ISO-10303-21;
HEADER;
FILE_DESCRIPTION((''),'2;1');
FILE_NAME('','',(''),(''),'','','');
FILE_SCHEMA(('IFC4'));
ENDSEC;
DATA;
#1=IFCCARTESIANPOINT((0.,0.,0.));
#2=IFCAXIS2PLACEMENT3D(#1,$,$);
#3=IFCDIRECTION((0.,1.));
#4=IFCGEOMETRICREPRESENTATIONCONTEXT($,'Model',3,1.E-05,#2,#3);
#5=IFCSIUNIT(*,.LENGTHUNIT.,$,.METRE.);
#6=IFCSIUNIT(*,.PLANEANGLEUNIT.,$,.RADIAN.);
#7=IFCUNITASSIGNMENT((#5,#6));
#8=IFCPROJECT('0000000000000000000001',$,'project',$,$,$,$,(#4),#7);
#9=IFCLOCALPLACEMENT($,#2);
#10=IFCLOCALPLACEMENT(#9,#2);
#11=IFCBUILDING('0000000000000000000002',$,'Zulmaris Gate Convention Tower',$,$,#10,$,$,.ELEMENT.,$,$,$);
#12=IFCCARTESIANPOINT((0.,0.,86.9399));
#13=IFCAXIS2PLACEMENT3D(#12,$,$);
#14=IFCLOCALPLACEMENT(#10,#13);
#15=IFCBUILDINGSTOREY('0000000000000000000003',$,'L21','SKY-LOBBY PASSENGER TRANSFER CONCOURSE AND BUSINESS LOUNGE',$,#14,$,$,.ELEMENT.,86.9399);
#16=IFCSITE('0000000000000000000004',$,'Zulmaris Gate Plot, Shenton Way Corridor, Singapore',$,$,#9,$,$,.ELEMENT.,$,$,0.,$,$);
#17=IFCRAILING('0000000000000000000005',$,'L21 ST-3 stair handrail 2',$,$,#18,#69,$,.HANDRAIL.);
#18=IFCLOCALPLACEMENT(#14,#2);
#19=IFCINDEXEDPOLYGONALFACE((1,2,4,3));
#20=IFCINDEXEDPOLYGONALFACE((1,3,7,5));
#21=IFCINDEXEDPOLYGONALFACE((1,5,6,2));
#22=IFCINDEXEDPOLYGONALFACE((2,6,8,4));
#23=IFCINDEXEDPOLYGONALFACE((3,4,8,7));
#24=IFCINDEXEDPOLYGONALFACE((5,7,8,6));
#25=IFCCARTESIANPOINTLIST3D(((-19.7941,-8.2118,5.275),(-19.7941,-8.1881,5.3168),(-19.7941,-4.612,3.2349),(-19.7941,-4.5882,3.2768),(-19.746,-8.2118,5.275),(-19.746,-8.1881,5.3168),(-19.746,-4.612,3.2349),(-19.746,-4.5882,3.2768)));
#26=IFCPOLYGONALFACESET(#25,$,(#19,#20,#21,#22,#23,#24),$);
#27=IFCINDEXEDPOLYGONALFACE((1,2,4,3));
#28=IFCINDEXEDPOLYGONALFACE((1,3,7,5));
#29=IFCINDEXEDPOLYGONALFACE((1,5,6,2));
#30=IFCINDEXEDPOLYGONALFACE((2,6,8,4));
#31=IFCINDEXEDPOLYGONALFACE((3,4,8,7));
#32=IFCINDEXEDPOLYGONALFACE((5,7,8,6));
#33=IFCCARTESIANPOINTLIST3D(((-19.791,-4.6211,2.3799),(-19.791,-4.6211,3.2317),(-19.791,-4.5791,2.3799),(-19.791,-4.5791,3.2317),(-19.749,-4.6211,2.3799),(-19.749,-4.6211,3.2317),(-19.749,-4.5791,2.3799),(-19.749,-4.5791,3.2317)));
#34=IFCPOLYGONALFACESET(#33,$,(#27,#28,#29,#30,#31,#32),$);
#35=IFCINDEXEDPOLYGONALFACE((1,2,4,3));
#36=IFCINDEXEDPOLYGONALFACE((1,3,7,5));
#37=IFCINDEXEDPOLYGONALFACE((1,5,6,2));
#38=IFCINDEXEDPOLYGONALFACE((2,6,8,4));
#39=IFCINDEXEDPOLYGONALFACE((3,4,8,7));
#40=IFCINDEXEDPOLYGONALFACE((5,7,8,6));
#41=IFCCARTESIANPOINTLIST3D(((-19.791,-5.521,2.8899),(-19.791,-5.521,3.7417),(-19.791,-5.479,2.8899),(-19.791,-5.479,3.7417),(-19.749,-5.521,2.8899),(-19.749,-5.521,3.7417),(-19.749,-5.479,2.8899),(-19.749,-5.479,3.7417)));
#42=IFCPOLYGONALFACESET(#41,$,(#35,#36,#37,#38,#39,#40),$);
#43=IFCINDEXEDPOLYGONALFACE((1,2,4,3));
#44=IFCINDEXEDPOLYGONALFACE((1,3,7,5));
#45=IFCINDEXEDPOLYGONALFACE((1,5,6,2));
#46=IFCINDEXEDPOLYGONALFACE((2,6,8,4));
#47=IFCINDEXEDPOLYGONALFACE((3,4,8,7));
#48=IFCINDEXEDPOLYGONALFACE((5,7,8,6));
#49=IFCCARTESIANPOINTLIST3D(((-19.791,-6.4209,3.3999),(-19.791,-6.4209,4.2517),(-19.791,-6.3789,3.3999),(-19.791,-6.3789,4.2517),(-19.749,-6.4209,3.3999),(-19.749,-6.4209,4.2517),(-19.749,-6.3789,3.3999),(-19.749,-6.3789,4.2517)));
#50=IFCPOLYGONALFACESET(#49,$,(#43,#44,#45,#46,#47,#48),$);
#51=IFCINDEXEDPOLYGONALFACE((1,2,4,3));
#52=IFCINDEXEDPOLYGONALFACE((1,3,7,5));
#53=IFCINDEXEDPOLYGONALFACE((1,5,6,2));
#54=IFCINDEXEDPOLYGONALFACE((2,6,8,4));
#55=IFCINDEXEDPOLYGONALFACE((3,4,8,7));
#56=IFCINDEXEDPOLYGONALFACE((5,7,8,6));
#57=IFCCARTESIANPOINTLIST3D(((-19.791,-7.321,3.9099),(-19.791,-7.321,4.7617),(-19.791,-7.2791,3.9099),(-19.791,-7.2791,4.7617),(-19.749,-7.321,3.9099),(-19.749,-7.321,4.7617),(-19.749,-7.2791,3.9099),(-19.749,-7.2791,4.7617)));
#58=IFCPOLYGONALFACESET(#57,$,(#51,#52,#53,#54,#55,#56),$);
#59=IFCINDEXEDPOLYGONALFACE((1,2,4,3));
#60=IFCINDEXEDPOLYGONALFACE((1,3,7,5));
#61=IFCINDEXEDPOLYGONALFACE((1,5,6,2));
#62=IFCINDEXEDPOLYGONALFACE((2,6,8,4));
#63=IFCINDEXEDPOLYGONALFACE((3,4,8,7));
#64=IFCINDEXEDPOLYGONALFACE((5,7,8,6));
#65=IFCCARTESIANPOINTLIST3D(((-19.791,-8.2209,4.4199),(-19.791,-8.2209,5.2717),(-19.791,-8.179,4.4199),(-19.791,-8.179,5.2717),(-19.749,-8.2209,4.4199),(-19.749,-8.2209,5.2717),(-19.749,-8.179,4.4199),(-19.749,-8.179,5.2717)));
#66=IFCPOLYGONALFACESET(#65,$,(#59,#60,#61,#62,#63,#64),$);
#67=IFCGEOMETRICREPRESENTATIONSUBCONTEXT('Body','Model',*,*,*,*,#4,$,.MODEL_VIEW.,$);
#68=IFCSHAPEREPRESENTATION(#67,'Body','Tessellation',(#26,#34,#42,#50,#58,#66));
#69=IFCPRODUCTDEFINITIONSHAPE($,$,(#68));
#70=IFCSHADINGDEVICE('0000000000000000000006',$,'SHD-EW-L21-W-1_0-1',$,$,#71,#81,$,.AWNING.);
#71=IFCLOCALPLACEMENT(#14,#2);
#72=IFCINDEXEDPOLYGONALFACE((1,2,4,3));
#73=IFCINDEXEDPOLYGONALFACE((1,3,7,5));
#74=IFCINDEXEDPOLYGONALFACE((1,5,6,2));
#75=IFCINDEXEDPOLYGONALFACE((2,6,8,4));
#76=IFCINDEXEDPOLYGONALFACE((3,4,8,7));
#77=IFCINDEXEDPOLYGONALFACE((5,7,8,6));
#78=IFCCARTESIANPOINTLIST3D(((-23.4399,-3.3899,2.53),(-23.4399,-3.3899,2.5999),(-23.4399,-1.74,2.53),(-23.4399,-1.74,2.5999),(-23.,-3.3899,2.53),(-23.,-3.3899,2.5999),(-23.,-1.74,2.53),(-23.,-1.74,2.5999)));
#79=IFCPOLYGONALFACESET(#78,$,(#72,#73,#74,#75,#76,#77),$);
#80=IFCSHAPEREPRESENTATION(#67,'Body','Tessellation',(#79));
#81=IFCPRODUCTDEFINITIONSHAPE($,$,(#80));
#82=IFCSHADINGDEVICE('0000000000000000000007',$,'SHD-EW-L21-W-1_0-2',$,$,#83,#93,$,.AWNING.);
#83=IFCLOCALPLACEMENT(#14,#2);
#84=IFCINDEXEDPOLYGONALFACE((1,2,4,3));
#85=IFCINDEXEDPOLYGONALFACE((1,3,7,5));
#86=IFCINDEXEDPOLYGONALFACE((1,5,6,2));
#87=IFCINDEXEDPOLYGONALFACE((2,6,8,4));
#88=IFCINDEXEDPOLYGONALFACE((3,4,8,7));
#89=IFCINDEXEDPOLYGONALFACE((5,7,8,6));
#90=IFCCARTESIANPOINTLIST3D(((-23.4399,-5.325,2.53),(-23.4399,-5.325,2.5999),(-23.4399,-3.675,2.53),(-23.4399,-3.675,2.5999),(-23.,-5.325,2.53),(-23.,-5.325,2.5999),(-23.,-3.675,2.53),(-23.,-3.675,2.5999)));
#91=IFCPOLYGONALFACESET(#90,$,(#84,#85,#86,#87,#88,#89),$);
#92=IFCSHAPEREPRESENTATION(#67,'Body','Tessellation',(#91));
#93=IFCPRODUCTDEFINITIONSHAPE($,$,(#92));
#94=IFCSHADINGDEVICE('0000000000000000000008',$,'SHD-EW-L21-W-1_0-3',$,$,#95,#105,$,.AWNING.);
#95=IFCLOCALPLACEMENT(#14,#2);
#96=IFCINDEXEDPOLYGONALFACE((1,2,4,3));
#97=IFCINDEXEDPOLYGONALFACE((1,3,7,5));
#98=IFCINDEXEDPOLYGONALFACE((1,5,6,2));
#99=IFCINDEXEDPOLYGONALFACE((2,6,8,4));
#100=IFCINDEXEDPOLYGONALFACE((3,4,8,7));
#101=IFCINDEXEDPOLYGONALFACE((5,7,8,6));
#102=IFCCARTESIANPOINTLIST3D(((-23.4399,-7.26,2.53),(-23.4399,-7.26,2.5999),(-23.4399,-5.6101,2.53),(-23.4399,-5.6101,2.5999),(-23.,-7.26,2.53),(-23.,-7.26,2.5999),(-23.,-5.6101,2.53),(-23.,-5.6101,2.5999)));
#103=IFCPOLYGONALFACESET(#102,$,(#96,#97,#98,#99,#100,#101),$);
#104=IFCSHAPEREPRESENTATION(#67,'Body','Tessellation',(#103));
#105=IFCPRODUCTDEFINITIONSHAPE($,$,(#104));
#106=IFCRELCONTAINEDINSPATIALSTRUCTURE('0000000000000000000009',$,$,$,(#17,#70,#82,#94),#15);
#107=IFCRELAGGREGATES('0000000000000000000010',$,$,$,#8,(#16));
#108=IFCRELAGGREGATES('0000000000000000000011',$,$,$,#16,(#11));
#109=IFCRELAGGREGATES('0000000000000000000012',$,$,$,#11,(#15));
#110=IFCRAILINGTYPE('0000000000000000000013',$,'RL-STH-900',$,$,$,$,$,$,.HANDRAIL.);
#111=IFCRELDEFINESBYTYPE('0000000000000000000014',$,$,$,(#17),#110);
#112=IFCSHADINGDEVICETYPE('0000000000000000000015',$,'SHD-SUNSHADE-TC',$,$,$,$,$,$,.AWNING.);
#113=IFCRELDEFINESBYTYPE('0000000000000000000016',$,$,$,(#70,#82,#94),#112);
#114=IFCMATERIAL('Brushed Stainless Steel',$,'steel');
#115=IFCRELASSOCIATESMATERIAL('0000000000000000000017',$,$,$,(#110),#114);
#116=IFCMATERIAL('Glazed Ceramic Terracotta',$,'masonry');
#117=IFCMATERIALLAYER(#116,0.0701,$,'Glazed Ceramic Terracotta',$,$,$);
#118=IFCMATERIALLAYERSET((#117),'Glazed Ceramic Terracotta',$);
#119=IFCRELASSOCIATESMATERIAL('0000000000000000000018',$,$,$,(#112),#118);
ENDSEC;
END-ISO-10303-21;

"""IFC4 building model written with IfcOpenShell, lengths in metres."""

from ifc_helpers import new_model, si_unit, direction, frame, frame_2d, origin, origin_2d, place, context, subcontext, project, spatial, rectangle, extrude, material, layer, layer_set, type_object, element, save


model = new_model("IFC4")

# Units and contexts
model_context = context("Model", 3, precision=1e-05, world=origin(), true_north=direction((0.0, 1.0)))
body_context = subcontext(model_context, "Body", "Model", "MODEL_VIEW")
ifc_project = project(units=[si_unit("LENGTHUNIT", "METRE"), si_unit("PLANEANGLEUNIT", "RADIAN")], contexts=[model_context])

# Site, building, storey
site_placement = place(None, origin())
site = spatial("IfcSite", under=ifc_project, at=site_placement, Name="Zulmaris Gate Plot, Shenton Way Corridor, Singapore", CompositionType="ELEMENT", RefElevation=0.0)
building_placement = place(site_placement, origin())
building = spatial("IfcBuilding", under=site, at=building_placement, Name="Zulmaris Gate Convention Tower", CompositionType="ELEMENT")
storey_placement = place(building_placement, frame((0.0, 0.0, 86.9399)))
storey = spatial("IfcBuildingStorey", under=building, at=storey_placement, Name="L21", Description="SKY-LOBBY PASSENGER TRANSFER CONCOURSE AND BUSINESS LOUNGE", CompositionType="ELEMENT", Elevation=86.9399)

# Railing
ifc_material_1 = material(Name="Brushed Stainless Steel", Category="steel")
railing_type_1 = type_object("IfcRailingType", Name="RL-STH-900", PredefinedType="HANDRAIL", material=ifc_material_1)
railing_1_placement = place(storey_placement, frame((-19.77, -4.6001, 2.3799)))
element("IfcRailing", 1, at=railing_1_placement, inside=storey, type_object=railing_type_1, Name="L21 ST-3 stair handrail 2", PredefinedType="HANDRAIL", context=body_context, shape_type="SweptSolid", body=[
    extrude(rectangle(XDim=0.0481, YDim=0.0481, at=origin_2d()), frame((0.0, 0.0, 0.876), z_axis=(0.0, -0.87001, 0.493035), x_axis=(1.0, 0.0, 0.0)), (0.0, 0.0, 1.0), 4.1377),
    extrude(rectangle(XDim=0.042, YDim=0.042, at=origin_2d()), origin(), (0.0, 0.0, 1.0), 0.8518),
    extrude(rectangle(XDim=0.042, YDim=0.042, at=origin_2d()), frame((0.0, -0.8999, 0.51)), (0.0, 0.0, 1.0), 0.8518),
    extrude(rectangle(XDim=0.042, YDim=0.042, at=origin_2d()), frame((0.0, -1.7998, 1.02)), (0.0, 0.0, 1.0), 0.8518),
    extrude(rectangle(XDim=0.042, YDim=0.042, at=origin_2d()), frame((0.0, -2.7, 1.53)), (0.0, 0.0, 1.0), 0.8518),
    extrude(rectangle(XDim=0.042, YDim=0.042, at=origin_2d()), frame((0.0, -3.5999, 2.04)), (0.0, 0.0, 1.0), 0.8518),
])

# Shading devices
ifc_material_2 = material(Name="Glazed Ceramic Terracotta", Category="masonry")
ifc_layer_1 = layer(ifc_material_2, 0.0701, Name="Glazed Ceramic Terracotta")
ifc_layer_set_1 = layer_set([ifc_layer_1], Name="Glazed Ceramic Terracotta")
shading_device_type = type_object("IfcShadingDeviceType", Name="SHD-SUNSHADE-TC", PredefinedType="AWNING", material=ifc_layer_set_1)
for number, where, z_axis, x_axis, name in (
    (2, (-23.22, -1.74, 2.53), (0.0, 0.0, 1.0), (0.0, -1.0, 0.0), "SHD-EW-L21-W-1_0-1"),
    (3, (-23.22, -3.675, 2.53), (0.0, 0.0, 1.0), (0.0, -1.0, 0.0), "SHD-EW-L21-W-1_0-2"),
    (4, (-23.22, -5.6101, 2.53), (0.0, 0.0, 1.0), (0.0, -1.0, 0.0), "SHD-EW-L21-W-1_0-3"),
):
    element("IfcShadingDevice", number, at=place(storey_placement, frame(where, z_axis=z_axis, x_axis=x_axis)), inside=storey, type_object=shading_device_type, Name=name, PredefinedType="AWNING", context=body_context, shape_type="SweptSolid", body=[
        extrude(rectangle(XDim=1.6499, YDim=0.4399, at=frame_2d((0.825, 0.0))), origin(), (0.0, 0.0, 1.0), 0.0698),
    ])

save(model, "model.ifc")
